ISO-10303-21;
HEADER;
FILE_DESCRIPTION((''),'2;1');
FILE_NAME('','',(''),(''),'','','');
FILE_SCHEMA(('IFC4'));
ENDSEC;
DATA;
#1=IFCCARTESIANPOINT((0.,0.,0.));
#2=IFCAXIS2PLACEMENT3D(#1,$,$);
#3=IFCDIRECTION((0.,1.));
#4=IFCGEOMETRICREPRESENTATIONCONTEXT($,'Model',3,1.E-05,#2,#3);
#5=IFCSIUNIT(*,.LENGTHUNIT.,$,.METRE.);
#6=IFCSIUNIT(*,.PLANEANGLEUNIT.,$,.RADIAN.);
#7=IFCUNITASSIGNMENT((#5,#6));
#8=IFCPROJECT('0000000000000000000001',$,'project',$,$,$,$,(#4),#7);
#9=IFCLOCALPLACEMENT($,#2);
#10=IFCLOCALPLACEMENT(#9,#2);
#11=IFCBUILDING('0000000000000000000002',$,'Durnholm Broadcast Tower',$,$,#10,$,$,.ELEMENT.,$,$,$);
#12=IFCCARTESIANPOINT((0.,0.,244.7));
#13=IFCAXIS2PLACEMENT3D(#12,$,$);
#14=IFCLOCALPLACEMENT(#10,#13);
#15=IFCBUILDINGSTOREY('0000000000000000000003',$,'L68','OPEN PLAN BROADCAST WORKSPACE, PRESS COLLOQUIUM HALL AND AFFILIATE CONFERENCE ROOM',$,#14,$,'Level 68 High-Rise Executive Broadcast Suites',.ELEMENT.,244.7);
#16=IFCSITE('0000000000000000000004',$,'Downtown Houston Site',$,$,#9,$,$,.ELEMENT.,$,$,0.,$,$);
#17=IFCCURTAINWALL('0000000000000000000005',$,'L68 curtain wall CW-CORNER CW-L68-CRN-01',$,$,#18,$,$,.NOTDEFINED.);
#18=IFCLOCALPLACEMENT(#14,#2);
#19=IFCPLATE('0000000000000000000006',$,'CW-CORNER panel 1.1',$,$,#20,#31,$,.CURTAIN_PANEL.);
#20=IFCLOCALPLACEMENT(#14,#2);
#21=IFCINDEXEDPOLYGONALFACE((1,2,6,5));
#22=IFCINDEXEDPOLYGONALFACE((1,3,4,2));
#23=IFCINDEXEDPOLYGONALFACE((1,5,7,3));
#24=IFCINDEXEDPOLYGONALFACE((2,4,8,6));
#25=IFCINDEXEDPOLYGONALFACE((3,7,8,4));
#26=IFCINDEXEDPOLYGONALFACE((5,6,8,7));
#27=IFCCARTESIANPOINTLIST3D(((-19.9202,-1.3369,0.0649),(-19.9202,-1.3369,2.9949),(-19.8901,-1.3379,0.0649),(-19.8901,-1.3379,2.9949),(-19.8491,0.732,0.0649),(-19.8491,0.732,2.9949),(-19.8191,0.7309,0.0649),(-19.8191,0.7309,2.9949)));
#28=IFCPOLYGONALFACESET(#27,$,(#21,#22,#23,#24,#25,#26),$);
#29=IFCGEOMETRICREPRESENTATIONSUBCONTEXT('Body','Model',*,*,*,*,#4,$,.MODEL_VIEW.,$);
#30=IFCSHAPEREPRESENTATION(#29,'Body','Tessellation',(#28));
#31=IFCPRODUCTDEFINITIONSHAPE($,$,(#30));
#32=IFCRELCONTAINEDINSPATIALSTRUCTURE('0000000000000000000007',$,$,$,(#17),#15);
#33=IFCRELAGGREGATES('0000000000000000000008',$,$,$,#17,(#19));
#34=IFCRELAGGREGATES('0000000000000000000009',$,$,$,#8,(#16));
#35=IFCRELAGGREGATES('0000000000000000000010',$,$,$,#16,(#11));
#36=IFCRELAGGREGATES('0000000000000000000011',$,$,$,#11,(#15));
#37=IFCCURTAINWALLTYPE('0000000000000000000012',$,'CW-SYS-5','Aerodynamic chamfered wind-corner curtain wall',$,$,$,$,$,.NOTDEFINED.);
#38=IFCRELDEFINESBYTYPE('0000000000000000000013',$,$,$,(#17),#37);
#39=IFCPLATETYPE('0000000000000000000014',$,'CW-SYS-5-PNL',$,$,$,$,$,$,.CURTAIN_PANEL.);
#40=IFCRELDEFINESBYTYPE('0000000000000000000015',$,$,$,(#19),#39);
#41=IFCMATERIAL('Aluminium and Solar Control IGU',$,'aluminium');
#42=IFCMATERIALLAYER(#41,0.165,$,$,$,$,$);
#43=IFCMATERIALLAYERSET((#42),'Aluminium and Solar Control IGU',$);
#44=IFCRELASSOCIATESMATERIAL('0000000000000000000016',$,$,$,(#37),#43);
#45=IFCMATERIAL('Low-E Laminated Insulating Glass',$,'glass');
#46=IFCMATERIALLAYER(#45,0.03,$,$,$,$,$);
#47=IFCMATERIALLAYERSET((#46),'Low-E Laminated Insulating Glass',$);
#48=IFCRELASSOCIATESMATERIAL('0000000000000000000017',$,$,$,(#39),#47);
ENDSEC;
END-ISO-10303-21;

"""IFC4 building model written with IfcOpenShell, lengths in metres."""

from ifc_helpers import new_model, si_unit, direction, frame, origin, origin_2d, place, context, subcontext, project, spatial, rectangle, extrude, source, transform, mapped, material, layer, layer_set, type_object, type_shapes, element, aggregate, save


model = new_model("IFC4")

# Units and contexts
model_context = context("Model", 3, precision=1e-05, world=origin(), true_north=direction((0.0, 1.0)))
body_context = subcontext(model_context, "Body", "Model", "MODEL_VIEW")
ifc_project = project(units=[si_unit("LENGTHUNIT", "METRE"), si_unit("PLANEANGLEUNIT", "RADIAN")], contexts=[model_context])

# Site, building, storey
site_placement = place(None, origin())
site = spatial("IfcSite", under=ifc_project, at=site_placement, Name="Downtown Houston Site", CompositionType="ELEMENT", RefElevation=0.0)
building_placement = place(site_placement, origin())
building = spatial("IfcBuilding", under=site, at=building_placement, Name="Durnholm Broadcast Tower", CompositionType="ELEMENT")
storey_placement = place(building_placement, frame((0.0, 0.0, 244.7)))
storey = spatial("IfcBuildingStorey", under=building, at=storey_placement, Name="L68", Description="OPEN PLAN BROADCAST WORKSPACE, PRESS COLLOQUIUM HALL AND AFFILIATE CONFERENCE ROOM", LongName="Level 68 High-Rise Executive Broadcast Suites", CompositionType="ELEMENT", Elevation=244.7)

# Curtain wall
ifc_material_1 = material(Name="Aluminium and Solar Control IGU", Category="aluminium")
ifc_layer_1 = layer(ifc_material_1, 0.165)
ifc_layer_set_1 = layer_set([ifc_layer_1], Name="Aluminium and Solar Control IGU")
curtain_wall_type_1 = type_object("IfcCurtainWallType", Name="CW-SYS-5", Description="Aerodynamic chamfered wind-corner curtain wall", PredefinedType="NOTDEFINED", material=ifc_layer_set_1)
curtain_wall_1_placement = place(storey_placement, origin())
curtain_wall_1 = element("IfcCurtainWall", 1, at=curtain_wall_1_placement, inside=storey, type_object=curtain_wall_type_1, Name="L68 curtain wall CW-CORNER CW-L68-CRN-01", PredefinedType="NOTDEFINED")

# Plate
ifc_material_2 = material(Name="Low-E Laminated Insulating Glass", Category="glass")
ifc_layer_2 = layer(ifc_material_2, 0.03)
ifc_layer_set_2 = layer_set([ifc_layer_2], Name="Low-E Laminated Insulating Glass")
plate_type = type_object("IfcPlateType", Name="CW-SYS-5-PNL", PredefinedType="CURTAIN_PANEL", material=ifc_layer_set_2)
shared_shape_1 = source(origin(), body_context, "Body", "SweptSolid", [
    extrude(rectangle(XDim=2.0701, YDim=0.03, at=origin_2d()), origin(), (0.0, 0.0, 1.0), 2.9299),
])
type_shapes(plate_type, [shared_shape_1])
plate_placement = place(storey_placement, frame((-19.8696, -0.303, 0.0649), z_axis=(0.0, 0.0, 1.0), x_axis=(0.034318, 0.999411, 0.0)))
plate = element("IfcPlate", 2, at=plate_placement, type_object=plate_type, Name="CW-CORNER panel 1.1", PredefinedType="CURTAIN_PANEL", context=body_context, shape_type="MappedRepresentation", body=[
    mapped(shared_shape_1, transform((0.0, 0.0, 0.0), x_axis=(1.0, 0.0, 0.0), y_axis=(0.0, 1.0, 0.0), z_axis=(0.0, 0.0, 1.0), scale=1.0)),
])
aggregate(curtain_wall_1, [plate])

save(model, "model.ifc")
